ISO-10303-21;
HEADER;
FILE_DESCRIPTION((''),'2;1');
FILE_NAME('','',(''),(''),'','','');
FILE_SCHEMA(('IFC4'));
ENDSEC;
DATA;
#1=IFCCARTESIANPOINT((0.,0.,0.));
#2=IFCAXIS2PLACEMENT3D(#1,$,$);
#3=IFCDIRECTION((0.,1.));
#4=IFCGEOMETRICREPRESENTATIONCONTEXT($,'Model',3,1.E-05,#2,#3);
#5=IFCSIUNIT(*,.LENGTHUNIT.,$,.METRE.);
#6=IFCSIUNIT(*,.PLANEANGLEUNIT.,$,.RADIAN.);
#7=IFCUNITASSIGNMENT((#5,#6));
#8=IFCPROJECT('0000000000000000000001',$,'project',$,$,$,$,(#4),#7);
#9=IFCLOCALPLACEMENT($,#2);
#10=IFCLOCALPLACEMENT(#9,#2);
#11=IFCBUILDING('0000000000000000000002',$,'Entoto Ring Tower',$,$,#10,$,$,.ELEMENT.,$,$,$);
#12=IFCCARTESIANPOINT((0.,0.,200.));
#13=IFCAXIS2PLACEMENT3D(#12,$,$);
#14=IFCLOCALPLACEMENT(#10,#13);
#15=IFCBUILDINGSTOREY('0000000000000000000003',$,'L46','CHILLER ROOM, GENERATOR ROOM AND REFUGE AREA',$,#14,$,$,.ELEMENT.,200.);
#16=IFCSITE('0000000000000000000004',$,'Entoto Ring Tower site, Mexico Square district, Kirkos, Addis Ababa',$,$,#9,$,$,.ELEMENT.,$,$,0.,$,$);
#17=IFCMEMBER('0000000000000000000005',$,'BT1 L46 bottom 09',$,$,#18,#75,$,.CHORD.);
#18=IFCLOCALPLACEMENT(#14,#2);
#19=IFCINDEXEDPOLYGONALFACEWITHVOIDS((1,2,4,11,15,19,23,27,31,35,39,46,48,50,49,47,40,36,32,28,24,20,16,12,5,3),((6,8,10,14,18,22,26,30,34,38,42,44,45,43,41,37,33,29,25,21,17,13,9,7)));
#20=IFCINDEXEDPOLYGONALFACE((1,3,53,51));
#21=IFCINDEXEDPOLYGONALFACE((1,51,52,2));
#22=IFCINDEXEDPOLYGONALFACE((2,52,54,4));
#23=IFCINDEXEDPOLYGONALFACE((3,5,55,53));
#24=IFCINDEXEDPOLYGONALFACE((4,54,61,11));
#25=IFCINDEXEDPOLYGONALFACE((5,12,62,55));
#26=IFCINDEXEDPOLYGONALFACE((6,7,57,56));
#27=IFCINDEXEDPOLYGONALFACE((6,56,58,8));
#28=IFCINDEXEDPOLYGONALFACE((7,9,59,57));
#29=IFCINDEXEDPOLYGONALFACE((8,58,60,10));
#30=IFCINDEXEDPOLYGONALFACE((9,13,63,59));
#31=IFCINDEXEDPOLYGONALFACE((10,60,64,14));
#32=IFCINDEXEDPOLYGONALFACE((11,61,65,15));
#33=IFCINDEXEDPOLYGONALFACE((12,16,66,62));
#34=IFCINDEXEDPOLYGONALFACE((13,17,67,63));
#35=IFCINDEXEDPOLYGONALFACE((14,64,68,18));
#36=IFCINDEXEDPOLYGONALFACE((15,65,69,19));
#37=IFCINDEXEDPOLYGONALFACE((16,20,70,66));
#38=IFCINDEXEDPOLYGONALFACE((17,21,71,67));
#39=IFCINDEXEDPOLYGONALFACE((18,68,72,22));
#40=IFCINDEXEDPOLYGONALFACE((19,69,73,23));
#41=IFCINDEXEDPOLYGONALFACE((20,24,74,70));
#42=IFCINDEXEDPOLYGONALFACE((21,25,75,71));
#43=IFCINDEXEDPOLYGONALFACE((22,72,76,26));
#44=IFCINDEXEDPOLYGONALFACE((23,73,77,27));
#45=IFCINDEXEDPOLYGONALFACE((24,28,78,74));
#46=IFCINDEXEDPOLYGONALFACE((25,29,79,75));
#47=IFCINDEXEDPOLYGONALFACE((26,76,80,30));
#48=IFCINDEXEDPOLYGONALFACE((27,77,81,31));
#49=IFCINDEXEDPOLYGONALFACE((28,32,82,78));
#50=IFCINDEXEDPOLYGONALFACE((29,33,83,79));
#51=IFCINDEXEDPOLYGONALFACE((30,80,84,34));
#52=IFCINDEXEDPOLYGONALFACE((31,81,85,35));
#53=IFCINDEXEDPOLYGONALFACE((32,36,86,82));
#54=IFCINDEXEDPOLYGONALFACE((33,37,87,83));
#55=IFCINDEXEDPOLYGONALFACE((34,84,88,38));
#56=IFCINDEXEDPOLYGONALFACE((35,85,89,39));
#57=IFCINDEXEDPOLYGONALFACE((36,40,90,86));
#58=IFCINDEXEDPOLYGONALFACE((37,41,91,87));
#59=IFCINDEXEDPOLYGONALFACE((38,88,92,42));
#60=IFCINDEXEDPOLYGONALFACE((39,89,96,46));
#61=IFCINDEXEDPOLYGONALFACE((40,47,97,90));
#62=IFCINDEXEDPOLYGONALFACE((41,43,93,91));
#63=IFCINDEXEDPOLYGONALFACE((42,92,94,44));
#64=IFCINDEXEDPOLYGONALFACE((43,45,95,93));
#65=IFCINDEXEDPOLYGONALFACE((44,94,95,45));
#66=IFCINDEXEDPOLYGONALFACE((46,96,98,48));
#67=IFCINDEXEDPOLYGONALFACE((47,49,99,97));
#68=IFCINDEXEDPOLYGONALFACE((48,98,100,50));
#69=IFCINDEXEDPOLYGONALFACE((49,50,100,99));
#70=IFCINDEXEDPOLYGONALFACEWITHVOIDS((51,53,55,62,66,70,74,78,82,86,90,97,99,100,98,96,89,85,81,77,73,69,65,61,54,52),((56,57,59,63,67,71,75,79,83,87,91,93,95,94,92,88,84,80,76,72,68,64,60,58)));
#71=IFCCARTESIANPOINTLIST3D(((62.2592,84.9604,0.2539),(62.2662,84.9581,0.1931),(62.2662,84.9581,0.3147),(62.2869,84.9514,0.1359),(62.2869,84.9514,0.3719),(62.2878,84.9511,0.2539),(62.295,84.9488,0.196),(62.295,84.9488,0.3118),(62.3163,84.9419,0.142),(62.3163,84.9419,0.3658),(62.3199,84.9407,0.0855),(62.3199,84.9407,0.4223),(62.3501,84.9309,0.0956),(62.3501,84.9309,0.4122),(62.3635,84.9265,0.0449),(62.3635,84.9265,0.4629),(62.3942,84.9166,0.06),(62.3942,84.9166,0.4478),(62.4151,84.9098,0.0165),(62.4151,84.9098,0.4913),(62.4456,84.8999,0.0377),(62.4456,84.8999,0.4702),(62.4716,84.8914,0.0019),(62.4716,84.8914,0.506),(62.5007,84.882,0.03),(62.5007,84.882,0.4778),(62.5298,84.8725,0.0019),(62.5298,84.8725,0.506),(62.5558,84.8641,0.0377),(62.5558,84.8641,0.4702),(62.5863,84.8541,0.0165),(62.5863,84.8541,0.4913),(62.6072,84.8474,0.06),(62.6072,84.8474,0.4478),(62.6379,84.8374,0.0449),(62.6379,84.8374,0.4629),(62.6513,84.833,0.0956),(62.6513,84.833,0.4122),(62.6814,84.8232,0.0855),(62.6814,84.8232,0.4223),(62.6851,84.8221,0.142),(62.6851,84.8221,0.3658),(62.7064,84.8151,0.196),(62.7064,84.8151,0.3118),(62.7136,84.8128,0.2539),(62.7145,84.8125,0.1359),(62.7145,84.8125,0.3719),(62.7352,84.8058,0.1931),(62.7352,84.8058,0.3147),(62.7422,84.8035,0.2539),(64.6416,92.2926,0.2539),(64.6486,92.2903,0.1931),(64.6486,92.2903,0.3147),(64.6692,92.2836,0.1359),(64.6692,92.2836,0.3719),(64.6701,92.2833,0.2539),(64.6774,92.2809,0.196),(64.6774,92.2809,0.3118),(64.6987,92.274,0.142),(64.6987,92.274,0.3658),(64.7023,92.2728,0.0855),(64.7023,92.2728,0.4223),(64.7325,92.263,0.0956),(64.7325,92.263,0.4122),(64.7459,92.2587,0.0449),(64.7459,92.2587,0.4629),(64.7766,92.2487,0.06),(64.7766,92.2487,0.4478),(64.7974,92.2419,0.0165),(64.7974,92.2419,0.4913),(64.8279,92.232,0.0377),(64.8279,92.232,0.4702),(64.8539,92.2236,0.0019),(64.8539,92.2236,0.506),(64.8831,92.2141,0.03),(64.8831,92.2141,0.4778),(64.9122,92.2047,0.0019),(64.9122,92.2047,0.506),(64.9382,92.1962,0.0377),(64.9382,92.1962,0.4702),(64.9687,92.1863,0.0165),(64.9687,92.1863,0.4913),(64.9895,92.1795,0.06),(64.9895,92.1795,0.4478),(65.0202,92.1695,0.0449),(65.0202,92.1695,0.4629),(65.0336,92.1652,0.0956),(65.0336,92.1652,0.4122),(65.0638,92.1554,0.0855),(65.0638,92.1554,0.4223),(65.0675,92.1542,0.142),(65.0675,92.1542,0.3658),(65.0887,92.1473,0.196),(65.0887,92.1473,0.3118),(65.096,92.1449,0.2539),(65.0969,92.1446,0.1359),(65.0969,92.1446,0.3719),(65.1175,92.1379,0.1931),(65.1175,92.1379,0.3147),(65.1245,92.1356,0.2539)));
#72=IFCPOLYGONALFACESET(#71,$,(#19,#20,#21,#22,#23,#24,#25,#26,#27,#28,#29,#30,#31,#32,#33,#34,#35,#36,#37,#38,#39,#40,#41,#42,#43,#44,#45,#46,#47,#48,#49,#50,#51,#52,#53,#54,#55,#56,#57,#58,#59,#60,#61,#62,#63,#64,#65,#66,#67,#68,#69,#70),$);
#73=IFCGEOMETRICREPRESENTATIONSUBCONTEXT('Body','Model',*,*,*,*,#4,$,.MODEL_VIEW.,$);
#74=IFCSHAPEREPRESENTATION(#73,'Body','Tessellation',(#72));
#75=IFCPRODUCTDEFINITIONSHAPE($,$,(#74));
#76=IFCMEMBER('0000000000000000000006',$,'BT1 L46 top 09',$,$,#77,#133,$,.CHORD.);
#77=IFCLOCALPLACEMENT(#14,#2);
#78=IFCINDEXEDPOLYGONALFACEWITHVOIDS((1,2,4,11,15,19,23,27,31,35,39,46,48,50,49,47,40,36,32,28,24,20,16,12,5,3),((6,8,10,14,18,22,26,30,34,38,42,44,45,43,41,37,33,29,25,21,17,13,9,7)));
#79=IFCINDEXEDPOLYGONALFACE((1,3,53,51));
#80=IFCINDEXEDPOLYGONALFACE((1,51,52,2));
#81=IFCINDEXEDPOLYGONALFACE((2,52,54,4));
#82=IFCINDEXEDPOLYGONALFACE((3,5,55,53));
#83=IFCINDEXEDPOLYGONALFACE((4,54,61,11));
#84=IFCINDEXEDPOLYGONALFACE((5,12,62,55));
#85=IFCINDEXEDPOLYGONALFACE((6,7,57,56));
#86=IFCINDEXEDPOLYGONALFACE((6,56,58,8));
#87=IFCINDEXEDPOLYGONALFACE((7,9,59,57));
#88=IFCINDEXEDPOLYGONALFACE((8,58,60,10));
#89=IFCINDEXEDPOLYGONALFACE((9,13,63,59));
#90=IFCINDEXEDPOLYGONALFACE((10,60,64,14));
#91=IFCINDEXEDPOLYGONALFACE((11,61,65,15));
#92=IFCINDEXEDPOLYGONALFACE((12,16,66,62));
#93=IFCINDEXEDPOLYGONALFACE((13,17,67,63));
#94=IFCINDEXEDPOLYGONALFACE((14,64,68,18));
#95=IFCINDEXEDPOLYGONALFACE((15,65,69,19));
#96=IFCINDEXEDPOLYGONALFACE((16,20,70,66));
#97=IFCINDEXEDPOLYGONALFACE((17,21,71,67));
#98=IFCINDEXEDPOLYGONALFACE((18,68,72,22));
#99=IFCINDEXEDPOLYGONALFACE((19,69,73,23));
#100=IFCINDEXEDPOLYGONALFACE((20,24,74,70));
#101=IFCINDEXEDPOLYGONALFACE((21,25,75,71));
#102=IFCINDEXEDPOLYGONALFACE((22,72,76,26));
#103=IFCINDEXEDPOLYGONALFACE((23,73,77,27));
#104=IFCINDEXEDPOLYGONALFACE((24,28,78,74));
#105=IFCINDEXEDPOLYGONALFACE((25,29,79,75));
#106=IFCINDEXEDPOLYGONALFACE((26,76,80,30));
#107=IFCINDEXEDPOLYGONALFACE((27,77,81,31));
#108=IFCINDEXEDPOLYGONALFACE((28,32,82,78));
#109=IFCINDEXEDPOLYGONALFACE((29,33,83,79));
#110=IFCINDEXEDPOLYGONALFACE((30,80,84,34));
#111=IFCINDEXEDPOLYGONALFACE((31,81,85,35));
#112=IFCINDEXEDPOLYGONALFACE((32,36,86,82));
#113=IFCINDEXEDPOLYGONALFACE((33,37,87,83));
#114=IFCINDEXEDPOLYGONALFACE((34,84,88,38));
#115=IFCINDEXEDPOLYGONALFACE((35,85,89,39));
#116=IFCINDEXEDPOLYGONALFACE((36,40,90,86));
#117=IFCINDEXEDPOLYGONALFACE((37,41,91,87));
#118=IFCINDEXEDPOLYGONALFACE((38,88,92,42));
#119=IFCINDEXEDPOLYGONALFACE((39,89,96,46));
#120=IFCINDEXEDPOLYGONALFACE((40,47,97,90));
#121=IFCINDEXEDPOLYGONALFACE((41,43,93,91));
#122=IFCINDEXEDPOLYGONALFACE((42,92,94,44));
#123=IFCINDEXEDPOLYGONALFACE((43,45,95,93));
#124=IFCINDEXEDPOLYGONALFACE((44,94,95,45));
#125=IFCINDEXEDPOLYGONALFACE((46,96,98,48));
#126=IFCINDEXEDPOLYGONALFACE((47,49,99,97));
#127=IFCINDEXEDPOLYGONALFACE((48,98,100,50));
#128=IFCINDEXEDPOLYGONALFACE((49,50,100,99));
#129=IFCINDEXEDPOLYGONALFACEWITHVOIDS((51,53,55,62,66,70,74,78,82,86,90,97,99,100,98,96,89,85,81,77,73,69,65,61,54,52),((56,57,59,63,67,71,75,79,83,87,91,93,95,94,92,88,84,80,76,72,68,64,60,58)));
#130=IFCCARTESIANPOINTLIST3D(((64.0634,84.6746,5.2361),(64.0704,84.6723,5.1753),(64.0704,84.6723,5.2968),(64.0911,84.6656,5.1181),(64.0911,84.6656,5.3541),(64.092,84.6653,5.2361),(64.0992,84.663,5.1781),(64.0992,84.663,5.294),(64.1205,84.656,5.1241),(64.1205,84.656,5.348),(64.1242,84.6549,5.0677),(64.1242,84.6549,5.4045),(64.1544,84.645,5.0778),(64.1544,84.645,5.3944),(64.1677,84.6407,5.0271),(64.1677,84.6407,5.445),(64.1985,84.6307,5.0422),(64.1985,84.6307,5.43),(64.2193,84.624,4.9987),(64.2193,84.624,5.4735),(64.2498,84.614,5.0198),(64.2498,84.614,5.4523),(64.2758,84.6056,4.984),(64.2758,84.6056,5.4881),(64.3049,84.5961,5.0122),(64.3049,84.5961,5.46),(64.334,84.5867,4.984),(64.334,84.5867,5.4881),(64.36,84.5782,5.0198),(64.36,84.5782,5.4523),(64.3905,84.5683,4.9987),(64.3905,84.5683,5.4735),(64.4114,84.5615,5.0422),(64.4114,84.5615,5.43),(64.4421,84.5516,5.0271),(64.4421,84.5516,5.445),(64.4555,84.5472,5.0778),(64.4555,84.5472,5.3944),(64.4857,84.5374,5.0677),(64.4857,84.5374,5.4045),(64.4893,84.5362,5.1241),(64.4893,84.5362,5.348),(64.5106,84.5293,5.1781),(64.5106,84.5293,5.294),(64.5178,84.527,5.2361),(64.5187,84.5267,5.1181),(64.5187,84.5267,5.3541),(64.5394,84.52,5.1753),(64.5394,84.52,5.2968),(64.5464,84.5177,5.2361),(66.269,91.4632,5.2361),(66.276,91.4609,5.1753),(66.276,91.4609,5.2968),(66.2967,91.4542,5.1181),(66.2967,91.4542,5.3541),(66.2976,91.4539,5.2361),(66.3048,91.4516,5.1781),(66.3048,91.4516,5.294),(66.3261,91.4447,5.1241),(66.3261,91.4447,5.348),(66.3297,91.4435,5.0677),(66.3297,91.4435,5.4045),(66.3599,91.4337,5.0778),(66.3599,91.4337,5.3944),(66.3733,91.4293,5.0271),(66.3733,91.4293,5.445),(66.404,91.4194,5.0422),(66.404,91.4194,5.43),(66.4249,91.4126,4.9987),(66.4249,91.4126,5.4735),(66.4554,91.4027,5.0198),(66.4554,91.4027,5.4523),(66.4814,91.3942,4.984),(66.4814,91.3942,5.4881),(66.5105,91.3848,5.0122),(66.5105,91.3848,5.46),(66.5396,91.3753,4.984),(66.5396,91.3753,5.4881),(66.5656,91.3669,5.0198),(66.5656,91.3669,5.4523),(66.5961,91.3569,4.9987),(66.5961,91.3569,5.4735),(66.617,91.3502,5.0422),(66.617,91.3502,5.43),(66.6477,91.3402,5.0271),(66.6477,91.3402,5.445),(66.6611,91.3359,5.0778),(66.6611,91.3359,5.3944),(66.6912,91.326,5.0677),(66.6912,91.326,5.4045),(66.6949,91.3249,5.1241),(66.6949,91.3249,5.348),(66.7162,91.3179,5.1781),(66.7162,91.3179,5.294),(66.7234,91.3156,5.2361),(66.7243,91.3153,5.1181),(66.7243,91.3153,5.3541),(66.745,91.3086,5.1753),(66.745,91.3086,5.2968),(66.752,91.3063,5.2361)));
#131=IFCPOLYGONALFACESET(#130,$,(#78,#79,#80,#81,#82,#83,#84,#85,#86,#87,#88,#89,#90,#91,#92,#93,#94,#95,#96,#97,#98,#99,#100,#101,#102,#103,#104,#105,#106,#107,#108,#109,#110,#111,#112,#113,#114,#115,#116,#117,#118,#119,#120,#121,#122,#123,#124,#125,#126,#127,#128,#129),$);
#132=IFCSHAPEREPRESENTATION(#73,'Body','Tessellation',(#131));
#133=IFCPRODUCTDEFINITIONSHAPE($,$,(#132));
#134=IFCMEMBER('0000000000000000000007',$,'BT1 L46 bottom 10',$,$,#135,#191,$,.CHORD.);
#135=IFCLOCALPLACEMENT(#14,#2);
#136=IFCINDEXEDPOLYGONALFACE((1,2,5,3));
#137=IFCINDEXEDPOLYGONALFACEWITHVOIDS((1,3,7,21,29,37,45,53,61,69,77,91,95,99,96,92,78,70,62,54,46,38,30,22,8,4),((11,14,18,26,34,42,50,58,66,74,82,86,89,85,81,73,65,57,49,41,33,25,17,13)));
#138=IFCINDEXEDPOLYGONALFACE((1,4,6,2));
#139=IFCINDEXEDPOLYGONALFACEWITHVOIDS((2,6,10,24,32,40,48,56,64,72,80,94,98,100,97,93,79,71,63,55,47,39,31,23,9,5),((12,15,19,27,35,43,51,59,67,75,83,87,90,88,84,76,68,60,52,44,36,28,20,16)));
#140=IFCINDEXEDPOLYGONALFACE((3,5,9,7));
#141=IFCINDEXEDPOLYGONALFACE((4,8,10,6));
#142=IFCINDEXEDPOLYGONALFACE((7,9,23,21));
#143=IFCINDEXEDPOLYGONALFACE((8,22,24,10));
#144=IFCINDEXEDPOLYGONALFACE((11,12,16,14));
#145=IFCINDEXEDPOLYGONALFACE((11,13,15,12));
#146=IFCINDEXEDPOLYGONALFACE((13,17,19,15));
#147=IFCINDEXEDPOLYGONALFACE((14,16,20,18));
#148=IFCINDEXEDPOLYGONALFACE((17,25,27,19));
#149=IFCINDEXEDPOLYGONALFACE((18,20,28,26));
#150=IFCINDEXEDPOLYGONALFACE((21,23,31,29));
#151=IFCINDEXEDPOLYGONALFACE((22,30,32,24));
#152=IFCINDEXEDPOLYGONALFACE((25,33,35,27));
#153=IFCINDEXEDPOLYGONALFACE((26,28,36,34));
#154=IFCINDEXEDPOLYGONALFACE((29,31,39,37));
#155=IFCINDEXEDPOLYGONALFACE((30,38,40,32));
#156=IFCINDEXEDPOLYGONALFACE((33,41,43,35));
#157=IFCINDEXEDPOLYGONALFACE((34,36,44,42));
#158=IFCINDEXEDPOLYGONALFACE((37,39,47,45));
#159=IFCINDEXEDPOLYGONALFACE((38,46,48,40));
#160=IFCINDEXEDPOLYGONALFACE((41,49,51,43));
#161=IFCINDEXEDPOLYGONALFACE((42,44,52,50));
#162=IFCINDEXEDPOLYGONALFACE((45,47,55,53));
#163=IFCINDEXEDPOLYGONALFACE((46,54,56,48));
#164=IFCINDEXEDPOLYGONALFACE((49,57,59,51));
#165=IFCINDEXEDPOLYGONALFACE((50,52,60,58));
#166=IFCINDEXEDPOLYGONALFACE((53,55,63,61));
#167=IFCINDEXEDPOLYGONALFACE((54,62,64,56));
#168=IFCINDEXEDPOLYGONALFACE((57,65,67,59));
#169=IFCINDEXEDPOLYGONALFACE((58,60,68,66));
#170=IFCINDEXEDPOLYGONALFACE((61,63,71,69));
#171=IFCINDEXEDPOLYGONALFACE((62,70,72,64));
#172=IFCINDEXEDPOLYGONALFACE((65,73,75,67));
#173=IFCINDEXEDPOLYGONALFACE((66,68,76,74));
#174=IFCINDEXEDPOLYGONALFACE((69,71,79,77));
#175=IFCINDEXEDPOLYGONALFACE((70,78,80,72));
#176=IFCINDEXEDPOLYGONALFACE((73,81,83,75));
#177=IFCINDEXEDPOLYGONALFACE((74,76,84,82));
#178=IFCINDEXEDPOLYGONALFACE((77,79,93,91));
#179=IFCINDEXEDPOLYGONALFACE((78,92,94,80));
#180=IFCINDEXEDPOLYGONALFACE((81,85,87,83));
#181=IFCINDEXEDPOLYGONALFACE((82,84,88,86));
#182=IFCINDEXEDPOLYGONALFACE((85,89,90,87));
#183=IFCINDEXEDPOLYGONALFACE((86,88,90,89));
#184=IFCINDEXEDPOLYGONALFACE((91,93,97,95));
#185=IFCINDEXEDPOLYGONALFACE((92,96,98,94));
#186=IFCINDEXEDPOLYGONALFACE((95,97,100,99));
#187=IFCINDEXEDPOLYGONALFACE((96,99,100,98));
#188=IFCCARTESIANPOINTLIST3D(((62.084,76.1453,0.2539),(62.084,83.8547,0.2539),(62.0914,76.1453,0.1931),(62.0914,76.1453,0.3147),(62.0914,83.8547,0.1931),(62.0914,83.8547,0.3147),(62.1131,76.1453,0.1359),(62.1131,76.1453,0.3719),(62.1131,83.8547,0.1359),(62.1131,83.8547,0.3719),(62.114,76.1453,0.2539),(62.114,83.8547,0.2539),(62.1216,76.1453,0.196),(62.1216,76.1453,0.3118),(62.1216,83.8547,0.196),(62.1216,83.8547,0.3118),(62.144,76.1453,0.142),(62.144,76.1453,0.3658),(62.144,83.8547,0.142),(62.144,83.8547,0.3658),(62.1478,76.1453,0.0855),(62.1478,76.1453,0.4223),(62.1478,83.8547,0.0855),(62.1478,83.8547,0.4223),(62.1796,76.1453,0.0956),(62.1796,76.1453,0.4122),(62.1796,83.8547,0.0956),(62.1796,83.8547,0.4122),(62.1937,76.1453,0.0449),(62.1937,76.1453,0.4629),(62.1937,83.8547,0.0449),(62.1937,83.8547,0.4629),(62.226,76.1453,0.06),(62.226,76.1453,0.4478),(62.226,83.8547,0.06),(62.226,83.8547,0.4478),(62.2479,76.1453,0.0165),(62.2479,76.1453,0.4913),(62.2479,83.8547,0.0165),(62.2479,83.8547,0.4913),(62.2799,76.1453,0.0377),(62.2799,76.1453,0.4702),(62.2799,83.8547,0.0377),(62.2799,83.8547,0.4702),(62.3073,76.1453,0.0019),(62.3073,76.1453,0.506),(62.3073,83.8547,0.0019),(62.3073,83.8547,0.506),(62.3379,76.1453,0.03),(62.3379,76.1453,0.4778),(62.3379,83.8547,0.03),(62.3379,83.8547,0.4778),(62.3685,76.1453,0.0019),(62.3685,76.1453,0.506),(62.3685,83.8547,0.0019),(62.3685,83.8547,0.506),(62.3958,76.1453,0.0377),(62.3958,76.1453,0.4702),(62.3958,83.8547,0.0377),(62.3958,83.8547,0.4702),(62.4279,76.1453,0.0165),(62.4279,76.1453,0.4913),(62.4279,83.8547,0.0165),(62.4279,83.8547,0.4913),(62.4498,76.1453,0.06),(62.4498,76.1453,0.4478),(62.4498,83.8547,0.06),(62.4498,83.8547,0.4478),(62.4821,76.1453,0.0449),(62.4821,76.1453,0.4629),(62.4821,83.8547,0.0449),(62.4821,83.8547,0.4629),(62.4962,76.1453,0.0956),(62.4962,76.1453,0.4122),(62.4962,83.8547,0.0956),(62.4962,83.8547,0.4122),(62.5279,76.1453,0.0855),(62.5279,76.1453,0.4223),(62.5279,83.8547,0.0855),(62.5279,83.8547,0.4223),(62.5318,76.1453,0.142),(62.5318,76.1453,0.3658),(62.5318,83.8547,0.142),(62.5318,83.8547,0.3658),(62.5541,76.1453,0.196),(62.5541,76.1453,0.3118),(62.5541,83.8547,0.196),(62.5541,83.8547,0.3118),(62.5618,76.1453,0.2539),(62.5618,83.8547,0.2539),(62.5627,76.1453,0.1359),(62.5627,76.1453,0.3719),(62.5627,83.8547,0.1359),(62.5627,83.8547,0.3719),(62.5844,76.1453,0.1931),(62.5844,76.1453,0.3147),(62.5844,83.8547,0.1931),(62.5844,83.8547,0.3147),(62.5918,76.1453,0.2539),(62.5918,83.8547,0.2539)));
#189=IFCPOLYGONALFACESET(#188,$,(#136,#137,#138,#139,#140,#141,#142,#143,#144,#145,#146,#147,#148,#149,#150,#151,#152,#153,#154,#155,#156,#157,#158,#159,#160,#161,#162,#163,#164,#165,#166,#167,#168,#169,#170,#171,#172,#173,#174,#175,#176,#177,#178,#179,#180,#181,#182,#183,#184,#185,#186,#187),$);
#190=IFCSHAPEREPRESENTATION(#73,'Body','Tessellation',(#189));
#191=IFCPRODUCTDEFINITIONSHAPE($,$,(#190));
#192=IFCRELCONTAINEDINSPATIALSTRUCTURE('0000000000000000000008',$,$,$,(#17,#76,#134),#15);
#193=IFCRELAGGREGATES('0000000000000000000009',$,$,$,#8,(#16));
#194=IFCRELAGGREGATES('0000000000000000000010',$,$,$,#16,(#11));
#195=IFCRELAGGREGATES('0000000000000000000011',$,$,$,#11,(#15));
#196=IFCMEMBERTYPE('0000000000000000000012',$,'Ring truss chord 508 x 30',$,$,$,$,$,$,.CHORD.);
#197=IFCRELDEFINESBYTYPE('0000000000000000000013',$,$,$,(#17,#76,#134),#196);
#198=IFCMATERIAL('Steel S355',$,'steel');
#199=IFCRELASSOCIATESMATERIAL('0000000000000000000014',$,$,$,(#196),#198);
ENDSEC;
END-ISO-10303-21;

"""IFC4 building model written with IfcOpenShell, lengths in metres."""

from ifc_helpers import new_model, si_unit, direction, frame, origin, origin_2d, place, context, subcontext, project, spatial, circle, hollow_circle, extrude, material, material_profile, profile_set, type_object, element, save


model = new_model("IFC4")

# Units and contexts
model_context = context("Model", 3, precision=1e-05, world=origin(), true_north=direction((0.0, 1.0)))
body_context = subcontext(model_context, "Body", "Model", "MODEL_VIEW")
ifc_project = project(units=[si_unit("LENGTHUNIT", "METRE"), si_unit("PLANEANGLEUNIT", "RADIAN")], contexts=[model_context])

# Site, building, storey
site_placement = place(None, origin())
site = spatial("IfcSite", under=ifc_project, at=site_placement, Name="Entoto Ring Tower site, Mexico Square district, Kirkos, Addis Ababa", CompositionType="ELEMENT", RefElevation=0.0)
building_placement = place(site_placement, origin())
building = spatial("IfcBuilding", under=site, at=building_placement, Name="Entoto Ring Tower", CompositionType="ELEMENT")
storey_placement = place(building_placement, frame((0.0, 0.0, 200.0)))
storey = spatial("IfcBuildingStorey", under=building, at=storey_placement, Name="L46", Description="CHILLER ROOM, GENERATOR ROOM AND REFUGE AREA", CompositionType="ELEMENT", Elevation=200.0)

# Members
ifc_material_1 = material(Name="Steel S355", Category="steel")
ifc_material_profile_1 = material_profile(ifc_material_1, hollow_circle(Radius=0.2539, WallThickness=0.03, at=origin_2d()), Name="CHS 508 x 30")
ifc_material_2 = material(Name="Concrete C60/75", Category="concrete")
ifc_material_profile_2 = material_profile(ifc_material_2, circle(Radius=0.2241, at=origin_2d()), Name="Concrete C60/75 infill")
ifc_profile_set_1 = profile_set([ifc_material_profile_1, ifc_material_profile_2], Name="Steel S355")
member_type_1 = type_object("IfcMemberType", Name="Ring truss chord 508 x 30", PredefinedType="CHORD", material=ifc_profile_set_1)
member_1_placement = place(storey_placement, frame((64.8831, 92.2141, 0.2539), z_axis=(-0.309017, -0.951056, 0.0), x_axis=(0.951056, -0.309017, 0.0)))
element("IfcMember", 1, at=member_1_placement, inside=storey, type_object=member_type_1, Name="BT1 L46 bottom 09", PredefinedType="CHORD", context=body_context, shape_type="SweptSolid", body=[
    extrude(hollow_circle(Radius=0.2539, WallThickness=0.03, at=origin_2d()), origin(), (0.0, 0.0, 1.0), 7.7095),
])
member_2_placement = place(storey_placement, frame((66.5105, 91.3848, 5.2361), z_axis=(-0.308995, -0.951064, 0.0), x_axis=(0.951064, -0.308995, 0.0)))
element("IfcMember", 2, at=member_2_placement, inside=storey, type_object=member_type_1, Name="BT1 L46 top 09", PredefinedType="CHORD", context=body_context, shape_type="SweptSolid", body=[
    extrude(hollow_circle(Radius=0.2539, WallThickness=0.03, at=origin_2d()), origin(), (0.0, 0.0, 1.0), 7.1379),
])
member_3_placement = place(storey_placement, frame((62.3379, 83.8547, 0.2539), z_axis=(0.0, -1.0, 0.0), x_axis=(1.0, 0.0, 0.0)))
element("IfcMember", 3, at=member_3_placement, inside=storey, type_object=member_type_1, Name="BT1 L46 bottom 10", PredefinedType="CHORD", context=body_context, shape_type="SweptSolid", body=[
    extrude(hollow_circle(Radius=0.2539, WallThickness=0.03, at=origin_2d()), origin(), (0.0, 0.0, 1.0), 7.7095),
])

save(model, "model.ifc")
